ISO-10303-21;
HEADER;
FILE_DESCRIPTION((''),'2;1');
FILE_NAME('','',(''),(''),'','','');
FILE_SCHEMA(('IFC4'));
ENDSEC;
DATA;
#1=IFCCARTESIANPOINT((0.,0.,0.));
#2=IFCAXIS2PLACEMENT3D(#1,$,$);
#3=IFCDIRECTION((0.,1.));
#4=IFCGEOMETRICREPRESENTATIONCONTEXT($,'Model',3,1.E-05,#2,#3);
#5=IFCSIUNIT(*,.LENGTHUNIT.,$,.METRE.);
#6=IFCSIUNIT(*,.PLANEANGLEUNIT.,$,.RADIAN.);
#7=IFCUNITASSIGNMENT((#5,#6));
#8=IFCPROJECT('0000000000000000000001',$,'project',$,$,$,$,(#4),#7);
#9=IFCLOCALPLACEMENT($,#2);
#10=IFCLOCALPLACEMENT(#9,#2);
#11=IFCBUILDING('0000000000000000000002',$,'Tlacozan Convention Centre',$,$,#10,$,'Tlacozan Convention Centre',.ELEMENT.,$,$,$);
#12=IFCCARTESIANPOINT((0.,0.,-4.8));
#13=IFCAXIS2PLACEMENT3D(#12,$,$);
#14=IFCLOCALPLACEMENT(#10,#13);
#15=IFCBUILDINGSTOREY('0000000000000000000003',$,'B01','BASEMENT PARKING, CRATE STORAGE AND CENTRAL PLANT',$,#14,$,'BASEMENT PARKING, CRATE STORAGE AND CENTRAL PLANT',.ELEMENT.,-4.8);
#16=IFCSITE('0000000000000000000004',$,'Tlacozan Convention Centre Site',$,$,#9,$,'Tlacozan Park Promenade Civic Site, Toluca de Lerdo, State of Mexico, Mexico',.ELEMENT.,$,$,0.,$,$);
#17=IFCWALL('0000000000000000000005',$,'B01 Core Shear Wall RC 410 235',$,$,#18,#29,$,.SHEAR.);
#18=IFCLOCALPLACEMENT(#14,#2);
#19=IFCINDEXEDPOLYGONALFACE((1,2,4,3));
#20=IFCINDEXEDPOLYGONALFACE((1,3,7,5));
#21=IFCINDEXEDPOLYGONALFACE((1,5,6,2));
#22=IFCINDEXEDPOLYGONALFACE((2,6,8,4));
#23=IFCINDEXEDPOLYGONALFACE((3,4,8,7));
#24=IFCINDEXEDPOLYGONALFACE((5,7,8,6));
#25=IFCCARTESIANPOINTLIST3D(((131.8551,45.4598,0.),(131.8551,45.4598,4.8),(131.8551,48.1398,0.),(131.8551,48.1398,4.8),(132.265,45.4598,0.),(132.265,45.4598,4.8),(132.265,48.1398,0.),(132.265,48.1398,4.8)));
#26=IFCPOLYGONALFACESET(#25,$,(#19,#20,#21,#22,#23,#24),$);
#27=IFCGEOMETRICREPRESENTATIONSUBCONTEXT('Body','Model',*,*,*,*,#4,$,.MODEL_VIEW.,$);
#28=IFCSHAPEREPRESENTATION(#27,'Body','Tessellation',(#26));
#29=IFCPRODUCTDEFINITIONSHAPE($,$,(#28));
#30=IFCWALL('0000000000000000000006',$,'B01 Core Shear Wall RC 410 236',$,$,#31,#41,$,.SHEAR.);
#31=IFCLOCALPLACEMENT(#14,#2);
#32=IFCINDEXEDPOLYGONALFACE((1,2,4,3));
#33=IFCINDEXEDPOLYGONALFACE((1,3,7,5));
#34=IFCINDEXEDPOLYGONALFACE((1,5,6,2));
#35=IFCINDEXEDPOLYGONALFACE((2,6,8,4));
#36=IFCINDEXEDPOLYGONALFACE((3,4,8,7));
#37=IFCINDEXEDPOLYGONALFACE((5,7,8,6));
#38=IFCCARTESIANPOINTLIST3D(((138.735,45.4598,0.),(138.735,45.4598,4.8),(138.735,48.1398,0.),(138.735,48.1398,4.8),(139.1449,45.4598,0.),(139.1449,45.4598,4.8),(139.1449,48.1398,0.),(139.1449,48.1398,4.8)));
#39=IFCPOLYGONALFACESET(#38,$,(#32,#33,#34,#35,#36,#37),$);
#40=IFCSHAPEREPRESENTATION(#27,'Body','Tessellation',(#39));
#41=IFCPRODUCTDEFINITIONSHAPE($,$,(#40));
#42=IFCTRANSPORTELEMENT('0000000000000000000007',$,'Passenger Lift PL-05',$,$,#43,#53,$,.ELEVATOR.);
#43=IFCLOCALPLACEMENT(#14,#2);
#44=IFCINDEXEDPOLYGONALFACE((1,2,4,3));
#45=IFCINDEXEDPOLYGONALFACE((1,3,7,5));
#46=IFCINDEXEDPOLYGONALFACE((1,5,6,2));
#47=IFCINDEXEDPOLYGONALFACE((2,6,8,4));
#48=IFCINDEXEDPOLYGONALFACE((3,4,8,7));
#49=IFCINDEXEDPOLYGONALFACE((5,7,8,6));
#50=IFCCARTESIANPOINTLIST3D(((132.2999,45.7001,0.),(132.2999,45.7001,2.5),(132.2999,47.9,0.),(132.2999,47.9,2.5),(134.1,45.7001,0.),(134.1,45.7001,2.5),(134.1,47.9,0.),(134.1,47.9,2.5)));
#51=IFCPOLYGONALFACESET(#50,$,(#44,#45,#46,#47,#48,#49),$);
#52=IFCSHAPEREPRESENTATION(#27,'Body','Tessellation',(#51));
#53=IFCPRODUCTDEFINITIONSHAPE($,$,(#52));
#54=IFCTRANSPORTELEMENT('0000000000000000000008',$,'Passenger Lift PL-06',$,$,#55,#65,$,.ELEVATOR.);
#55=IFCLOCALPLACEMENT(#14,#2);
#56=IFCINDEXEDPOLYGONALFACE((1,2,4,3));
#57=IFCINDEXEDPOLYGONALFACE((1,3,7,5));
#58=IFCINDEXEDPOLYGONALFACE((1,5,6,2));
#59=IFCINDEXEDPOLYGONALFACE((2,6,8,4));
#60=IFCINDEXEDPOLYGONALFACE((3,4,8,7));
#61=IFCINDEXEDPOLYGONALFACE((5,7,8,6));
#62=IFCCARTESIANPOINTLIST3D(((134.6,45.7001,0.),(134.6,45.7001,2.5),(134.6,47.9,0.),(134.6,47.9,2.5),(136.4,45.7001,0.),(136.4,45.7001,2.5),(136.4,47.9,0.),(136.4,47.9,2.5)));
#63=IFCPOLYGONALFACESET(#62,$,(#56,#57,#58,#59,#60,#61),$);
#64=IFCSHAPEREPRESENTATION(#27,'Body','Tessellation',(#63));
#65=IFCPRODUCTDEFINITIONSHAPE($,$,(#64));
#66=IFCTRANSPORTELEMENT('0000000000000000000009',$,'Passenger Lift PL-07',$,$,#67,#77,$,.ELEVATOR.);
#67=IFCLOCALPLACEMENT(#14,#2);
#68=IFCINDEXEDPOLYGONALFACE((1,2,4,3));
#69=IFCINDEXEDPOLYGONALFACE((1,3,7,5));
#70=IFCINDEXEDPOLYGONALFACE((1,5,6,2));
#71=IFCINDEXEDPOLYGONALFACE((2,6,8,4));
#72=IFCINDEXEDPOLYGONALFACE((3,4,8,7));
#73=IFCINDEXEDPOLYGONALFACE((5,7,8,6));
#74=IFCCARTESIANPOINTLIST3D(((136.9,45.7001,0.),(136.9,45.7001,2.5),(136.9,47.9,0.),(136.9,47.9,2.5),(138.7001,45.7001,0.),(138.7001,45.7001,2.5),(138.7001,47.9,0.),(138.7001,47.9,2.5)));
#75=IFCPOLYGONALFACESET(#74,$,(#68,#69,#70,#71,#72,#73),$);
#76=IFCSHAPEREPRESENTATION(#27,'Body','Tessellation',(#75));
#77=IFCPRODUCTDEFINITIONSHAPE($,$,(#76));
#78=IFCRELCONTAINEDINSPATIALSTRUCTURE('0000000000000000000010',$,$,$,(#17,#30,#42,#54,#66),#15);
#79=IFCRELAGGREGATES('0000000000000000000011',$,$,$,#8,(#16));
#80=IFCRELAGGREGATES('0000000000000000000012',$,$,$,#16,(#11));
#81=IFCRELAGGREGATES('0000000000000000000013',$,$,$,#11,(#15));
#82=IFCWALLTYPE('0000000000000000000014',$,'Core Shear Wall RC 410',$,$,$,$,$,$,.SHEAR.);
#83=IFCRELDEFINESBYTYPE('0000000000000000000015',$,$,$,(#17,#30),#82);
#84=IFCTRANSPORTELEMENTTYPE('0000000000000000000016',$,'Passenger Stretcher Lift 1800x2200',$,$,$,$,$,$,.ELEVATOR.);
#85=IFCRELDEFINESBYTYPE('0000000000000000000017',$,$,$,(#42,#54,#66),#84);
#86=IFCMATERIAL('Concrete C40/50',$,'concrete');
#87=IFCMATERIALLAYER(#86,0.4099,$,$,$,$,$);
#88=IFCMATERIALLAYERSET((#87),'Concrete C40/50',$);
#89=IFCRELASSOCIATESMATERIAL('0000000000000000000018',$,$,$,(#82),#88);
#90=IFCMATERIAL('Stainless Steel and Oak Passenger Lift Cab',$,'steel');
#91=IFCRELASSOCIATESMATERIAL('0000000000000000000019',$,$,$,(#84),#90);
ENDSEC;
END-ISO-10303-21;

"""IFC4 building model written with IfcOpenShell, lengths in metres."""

from ifc_helpers import new_model, si_unit, direction, frame, frame_2d, origin, origin_2d, place, context, subcontext, project, spatial, rectangle, extrude, material, layer, layer_set, type_object, element, save


model = new_model("IFC4")

# Units and contexts
model_context = context("Model", 3, precision=1e-05, world=origin(), true_north=direction((0.0, 1.0)))
body_context = subcontext(model_context, "Body", "Model", "MODEL_VIEW")
ifc_project = project(units=[si_unit("LENGTHUNIT", "METRE"), si_unit("PLANEANGLEUNIT", "RADIAN")], contexts=[model_context])

# Site, building, storey
site_placement = place(None, origin())
site = spatial("IfcSite", under=ifc_project, at=site_placement, Name="Tlacozan Convention Centre Site", LongName="Tlacozan Park Promenade Civic Site, Toluca de Lerdo, State of Mexico, Mexico", CompositionType="ELEMENT", RefElevation=0.0)
building_placement = place(site_placement, origin())
building = spatial("IfcBuilding", under=site, at=building_placement, Name="Tlacozan Convention Centre", LongName="Tlacozan Convention Centre", CompositionType="ELEMENT")
storey_placement = place(building_placement, frame((0.0, 0.0, -4.8)))
storey = spatial("IfcBuildingStorey", under=building, at=storey_placement, Name="B01", Description="BASEMENT PARKING, CRATE STORAGE AND CENTRAL PLANT", LongName="BASEMENT PARKING, CRATE STORAGE AND CENTRAL PLANT", CompositionType="ELEMENT", Elevation=-4.8)

# Shared definitions
ifc_material_1 = material(Name="Concrete C40/50", Category="concrete")

# Shared definitions
ifc_layer_1 = layer(ifc_material_1, 0.4099)
ifc_layer_set_1 = layer_set([ifc_layer_1], Name="Concrete C40/50")
wall_type = type_object("IfcWallType", Name="Core Shear Wall RC 410", PredefinedType="SHEAR", material=ifc_layer_set_1)

# Walls
for number, where, z_axis, x_axis, name in (
    (1, (132.0601, 45.46, 0.0), (0.0, 0.0, 1.0), (0.0, 1.0, 0.0), "B01 Core Shear Wall RC 410 235"),
    (2, (138.9399, 45.46, 0.0), (0.0, 0.0, 1.0), (0.0, 1.0, 0.0), "B01 Core Shear Wall RC 410 236"),
):
    element("IfcWall", number, at=place(storey_placement, frame(where, z_axis=z_axis, x_axis=x_axis)), inside=storey, type_object=wall_type, Name=name, PredefinedType="SHEAR", context=body_context, shape_type="SweptSolid", body=[
        extrude(rectangle(XDim=2.6799, YDim=0.4099, at=frame_2d((1.3398, 0.0))), origin(), (0.0, 0.0, 1.0), 4.8),
    ])

# Transport elements
ifc_material_2 = material(Name="Stainless Steel and Oak Passenger Lift Cab", Category="steel")
transport_element_type = type_object("IfcTransportElementType", Name="Passenger Stretcher Lift 1800x2200", PredefinedType="ELEVATOR", material=ifc_material_2)
for number, where, z_axis, x_axis, name in (
    (3, (133.2, 46.8, 0.0), (0.0, 0.0, 1.0), (1.0, 0.0, 0.0), "Passenger Lift PL-05"),
    (4, (135.5, 46.8, 0.0), (0.0, 0.0, 1.0), (1.0, 0.0, 0.0), "Passenger Lift PL-06"),
    (5, (137.8, 46.8, 0.0), (0.0, 0.0, 1.0), (1.0, 0.0, 0.0), "Passenger Lift PL-07"),
):
    element("IfcTransportElement", number, at=place(storey_placement, frame(where, z_axis=z_axis, x_axis=x_axis)), inside=storey, type_object=transport_element_type, Name=name, PredefinedType="ELEVATOR", context=body_context, shape_type="SweptSolid", body=[
        extrude(rectangle(XDim=1.8, YDim=2.2, at=origin_2d()), origin(), (0.0, 0.0, 1.0), 2.5),
    ])

save(model, "model.ifc")
